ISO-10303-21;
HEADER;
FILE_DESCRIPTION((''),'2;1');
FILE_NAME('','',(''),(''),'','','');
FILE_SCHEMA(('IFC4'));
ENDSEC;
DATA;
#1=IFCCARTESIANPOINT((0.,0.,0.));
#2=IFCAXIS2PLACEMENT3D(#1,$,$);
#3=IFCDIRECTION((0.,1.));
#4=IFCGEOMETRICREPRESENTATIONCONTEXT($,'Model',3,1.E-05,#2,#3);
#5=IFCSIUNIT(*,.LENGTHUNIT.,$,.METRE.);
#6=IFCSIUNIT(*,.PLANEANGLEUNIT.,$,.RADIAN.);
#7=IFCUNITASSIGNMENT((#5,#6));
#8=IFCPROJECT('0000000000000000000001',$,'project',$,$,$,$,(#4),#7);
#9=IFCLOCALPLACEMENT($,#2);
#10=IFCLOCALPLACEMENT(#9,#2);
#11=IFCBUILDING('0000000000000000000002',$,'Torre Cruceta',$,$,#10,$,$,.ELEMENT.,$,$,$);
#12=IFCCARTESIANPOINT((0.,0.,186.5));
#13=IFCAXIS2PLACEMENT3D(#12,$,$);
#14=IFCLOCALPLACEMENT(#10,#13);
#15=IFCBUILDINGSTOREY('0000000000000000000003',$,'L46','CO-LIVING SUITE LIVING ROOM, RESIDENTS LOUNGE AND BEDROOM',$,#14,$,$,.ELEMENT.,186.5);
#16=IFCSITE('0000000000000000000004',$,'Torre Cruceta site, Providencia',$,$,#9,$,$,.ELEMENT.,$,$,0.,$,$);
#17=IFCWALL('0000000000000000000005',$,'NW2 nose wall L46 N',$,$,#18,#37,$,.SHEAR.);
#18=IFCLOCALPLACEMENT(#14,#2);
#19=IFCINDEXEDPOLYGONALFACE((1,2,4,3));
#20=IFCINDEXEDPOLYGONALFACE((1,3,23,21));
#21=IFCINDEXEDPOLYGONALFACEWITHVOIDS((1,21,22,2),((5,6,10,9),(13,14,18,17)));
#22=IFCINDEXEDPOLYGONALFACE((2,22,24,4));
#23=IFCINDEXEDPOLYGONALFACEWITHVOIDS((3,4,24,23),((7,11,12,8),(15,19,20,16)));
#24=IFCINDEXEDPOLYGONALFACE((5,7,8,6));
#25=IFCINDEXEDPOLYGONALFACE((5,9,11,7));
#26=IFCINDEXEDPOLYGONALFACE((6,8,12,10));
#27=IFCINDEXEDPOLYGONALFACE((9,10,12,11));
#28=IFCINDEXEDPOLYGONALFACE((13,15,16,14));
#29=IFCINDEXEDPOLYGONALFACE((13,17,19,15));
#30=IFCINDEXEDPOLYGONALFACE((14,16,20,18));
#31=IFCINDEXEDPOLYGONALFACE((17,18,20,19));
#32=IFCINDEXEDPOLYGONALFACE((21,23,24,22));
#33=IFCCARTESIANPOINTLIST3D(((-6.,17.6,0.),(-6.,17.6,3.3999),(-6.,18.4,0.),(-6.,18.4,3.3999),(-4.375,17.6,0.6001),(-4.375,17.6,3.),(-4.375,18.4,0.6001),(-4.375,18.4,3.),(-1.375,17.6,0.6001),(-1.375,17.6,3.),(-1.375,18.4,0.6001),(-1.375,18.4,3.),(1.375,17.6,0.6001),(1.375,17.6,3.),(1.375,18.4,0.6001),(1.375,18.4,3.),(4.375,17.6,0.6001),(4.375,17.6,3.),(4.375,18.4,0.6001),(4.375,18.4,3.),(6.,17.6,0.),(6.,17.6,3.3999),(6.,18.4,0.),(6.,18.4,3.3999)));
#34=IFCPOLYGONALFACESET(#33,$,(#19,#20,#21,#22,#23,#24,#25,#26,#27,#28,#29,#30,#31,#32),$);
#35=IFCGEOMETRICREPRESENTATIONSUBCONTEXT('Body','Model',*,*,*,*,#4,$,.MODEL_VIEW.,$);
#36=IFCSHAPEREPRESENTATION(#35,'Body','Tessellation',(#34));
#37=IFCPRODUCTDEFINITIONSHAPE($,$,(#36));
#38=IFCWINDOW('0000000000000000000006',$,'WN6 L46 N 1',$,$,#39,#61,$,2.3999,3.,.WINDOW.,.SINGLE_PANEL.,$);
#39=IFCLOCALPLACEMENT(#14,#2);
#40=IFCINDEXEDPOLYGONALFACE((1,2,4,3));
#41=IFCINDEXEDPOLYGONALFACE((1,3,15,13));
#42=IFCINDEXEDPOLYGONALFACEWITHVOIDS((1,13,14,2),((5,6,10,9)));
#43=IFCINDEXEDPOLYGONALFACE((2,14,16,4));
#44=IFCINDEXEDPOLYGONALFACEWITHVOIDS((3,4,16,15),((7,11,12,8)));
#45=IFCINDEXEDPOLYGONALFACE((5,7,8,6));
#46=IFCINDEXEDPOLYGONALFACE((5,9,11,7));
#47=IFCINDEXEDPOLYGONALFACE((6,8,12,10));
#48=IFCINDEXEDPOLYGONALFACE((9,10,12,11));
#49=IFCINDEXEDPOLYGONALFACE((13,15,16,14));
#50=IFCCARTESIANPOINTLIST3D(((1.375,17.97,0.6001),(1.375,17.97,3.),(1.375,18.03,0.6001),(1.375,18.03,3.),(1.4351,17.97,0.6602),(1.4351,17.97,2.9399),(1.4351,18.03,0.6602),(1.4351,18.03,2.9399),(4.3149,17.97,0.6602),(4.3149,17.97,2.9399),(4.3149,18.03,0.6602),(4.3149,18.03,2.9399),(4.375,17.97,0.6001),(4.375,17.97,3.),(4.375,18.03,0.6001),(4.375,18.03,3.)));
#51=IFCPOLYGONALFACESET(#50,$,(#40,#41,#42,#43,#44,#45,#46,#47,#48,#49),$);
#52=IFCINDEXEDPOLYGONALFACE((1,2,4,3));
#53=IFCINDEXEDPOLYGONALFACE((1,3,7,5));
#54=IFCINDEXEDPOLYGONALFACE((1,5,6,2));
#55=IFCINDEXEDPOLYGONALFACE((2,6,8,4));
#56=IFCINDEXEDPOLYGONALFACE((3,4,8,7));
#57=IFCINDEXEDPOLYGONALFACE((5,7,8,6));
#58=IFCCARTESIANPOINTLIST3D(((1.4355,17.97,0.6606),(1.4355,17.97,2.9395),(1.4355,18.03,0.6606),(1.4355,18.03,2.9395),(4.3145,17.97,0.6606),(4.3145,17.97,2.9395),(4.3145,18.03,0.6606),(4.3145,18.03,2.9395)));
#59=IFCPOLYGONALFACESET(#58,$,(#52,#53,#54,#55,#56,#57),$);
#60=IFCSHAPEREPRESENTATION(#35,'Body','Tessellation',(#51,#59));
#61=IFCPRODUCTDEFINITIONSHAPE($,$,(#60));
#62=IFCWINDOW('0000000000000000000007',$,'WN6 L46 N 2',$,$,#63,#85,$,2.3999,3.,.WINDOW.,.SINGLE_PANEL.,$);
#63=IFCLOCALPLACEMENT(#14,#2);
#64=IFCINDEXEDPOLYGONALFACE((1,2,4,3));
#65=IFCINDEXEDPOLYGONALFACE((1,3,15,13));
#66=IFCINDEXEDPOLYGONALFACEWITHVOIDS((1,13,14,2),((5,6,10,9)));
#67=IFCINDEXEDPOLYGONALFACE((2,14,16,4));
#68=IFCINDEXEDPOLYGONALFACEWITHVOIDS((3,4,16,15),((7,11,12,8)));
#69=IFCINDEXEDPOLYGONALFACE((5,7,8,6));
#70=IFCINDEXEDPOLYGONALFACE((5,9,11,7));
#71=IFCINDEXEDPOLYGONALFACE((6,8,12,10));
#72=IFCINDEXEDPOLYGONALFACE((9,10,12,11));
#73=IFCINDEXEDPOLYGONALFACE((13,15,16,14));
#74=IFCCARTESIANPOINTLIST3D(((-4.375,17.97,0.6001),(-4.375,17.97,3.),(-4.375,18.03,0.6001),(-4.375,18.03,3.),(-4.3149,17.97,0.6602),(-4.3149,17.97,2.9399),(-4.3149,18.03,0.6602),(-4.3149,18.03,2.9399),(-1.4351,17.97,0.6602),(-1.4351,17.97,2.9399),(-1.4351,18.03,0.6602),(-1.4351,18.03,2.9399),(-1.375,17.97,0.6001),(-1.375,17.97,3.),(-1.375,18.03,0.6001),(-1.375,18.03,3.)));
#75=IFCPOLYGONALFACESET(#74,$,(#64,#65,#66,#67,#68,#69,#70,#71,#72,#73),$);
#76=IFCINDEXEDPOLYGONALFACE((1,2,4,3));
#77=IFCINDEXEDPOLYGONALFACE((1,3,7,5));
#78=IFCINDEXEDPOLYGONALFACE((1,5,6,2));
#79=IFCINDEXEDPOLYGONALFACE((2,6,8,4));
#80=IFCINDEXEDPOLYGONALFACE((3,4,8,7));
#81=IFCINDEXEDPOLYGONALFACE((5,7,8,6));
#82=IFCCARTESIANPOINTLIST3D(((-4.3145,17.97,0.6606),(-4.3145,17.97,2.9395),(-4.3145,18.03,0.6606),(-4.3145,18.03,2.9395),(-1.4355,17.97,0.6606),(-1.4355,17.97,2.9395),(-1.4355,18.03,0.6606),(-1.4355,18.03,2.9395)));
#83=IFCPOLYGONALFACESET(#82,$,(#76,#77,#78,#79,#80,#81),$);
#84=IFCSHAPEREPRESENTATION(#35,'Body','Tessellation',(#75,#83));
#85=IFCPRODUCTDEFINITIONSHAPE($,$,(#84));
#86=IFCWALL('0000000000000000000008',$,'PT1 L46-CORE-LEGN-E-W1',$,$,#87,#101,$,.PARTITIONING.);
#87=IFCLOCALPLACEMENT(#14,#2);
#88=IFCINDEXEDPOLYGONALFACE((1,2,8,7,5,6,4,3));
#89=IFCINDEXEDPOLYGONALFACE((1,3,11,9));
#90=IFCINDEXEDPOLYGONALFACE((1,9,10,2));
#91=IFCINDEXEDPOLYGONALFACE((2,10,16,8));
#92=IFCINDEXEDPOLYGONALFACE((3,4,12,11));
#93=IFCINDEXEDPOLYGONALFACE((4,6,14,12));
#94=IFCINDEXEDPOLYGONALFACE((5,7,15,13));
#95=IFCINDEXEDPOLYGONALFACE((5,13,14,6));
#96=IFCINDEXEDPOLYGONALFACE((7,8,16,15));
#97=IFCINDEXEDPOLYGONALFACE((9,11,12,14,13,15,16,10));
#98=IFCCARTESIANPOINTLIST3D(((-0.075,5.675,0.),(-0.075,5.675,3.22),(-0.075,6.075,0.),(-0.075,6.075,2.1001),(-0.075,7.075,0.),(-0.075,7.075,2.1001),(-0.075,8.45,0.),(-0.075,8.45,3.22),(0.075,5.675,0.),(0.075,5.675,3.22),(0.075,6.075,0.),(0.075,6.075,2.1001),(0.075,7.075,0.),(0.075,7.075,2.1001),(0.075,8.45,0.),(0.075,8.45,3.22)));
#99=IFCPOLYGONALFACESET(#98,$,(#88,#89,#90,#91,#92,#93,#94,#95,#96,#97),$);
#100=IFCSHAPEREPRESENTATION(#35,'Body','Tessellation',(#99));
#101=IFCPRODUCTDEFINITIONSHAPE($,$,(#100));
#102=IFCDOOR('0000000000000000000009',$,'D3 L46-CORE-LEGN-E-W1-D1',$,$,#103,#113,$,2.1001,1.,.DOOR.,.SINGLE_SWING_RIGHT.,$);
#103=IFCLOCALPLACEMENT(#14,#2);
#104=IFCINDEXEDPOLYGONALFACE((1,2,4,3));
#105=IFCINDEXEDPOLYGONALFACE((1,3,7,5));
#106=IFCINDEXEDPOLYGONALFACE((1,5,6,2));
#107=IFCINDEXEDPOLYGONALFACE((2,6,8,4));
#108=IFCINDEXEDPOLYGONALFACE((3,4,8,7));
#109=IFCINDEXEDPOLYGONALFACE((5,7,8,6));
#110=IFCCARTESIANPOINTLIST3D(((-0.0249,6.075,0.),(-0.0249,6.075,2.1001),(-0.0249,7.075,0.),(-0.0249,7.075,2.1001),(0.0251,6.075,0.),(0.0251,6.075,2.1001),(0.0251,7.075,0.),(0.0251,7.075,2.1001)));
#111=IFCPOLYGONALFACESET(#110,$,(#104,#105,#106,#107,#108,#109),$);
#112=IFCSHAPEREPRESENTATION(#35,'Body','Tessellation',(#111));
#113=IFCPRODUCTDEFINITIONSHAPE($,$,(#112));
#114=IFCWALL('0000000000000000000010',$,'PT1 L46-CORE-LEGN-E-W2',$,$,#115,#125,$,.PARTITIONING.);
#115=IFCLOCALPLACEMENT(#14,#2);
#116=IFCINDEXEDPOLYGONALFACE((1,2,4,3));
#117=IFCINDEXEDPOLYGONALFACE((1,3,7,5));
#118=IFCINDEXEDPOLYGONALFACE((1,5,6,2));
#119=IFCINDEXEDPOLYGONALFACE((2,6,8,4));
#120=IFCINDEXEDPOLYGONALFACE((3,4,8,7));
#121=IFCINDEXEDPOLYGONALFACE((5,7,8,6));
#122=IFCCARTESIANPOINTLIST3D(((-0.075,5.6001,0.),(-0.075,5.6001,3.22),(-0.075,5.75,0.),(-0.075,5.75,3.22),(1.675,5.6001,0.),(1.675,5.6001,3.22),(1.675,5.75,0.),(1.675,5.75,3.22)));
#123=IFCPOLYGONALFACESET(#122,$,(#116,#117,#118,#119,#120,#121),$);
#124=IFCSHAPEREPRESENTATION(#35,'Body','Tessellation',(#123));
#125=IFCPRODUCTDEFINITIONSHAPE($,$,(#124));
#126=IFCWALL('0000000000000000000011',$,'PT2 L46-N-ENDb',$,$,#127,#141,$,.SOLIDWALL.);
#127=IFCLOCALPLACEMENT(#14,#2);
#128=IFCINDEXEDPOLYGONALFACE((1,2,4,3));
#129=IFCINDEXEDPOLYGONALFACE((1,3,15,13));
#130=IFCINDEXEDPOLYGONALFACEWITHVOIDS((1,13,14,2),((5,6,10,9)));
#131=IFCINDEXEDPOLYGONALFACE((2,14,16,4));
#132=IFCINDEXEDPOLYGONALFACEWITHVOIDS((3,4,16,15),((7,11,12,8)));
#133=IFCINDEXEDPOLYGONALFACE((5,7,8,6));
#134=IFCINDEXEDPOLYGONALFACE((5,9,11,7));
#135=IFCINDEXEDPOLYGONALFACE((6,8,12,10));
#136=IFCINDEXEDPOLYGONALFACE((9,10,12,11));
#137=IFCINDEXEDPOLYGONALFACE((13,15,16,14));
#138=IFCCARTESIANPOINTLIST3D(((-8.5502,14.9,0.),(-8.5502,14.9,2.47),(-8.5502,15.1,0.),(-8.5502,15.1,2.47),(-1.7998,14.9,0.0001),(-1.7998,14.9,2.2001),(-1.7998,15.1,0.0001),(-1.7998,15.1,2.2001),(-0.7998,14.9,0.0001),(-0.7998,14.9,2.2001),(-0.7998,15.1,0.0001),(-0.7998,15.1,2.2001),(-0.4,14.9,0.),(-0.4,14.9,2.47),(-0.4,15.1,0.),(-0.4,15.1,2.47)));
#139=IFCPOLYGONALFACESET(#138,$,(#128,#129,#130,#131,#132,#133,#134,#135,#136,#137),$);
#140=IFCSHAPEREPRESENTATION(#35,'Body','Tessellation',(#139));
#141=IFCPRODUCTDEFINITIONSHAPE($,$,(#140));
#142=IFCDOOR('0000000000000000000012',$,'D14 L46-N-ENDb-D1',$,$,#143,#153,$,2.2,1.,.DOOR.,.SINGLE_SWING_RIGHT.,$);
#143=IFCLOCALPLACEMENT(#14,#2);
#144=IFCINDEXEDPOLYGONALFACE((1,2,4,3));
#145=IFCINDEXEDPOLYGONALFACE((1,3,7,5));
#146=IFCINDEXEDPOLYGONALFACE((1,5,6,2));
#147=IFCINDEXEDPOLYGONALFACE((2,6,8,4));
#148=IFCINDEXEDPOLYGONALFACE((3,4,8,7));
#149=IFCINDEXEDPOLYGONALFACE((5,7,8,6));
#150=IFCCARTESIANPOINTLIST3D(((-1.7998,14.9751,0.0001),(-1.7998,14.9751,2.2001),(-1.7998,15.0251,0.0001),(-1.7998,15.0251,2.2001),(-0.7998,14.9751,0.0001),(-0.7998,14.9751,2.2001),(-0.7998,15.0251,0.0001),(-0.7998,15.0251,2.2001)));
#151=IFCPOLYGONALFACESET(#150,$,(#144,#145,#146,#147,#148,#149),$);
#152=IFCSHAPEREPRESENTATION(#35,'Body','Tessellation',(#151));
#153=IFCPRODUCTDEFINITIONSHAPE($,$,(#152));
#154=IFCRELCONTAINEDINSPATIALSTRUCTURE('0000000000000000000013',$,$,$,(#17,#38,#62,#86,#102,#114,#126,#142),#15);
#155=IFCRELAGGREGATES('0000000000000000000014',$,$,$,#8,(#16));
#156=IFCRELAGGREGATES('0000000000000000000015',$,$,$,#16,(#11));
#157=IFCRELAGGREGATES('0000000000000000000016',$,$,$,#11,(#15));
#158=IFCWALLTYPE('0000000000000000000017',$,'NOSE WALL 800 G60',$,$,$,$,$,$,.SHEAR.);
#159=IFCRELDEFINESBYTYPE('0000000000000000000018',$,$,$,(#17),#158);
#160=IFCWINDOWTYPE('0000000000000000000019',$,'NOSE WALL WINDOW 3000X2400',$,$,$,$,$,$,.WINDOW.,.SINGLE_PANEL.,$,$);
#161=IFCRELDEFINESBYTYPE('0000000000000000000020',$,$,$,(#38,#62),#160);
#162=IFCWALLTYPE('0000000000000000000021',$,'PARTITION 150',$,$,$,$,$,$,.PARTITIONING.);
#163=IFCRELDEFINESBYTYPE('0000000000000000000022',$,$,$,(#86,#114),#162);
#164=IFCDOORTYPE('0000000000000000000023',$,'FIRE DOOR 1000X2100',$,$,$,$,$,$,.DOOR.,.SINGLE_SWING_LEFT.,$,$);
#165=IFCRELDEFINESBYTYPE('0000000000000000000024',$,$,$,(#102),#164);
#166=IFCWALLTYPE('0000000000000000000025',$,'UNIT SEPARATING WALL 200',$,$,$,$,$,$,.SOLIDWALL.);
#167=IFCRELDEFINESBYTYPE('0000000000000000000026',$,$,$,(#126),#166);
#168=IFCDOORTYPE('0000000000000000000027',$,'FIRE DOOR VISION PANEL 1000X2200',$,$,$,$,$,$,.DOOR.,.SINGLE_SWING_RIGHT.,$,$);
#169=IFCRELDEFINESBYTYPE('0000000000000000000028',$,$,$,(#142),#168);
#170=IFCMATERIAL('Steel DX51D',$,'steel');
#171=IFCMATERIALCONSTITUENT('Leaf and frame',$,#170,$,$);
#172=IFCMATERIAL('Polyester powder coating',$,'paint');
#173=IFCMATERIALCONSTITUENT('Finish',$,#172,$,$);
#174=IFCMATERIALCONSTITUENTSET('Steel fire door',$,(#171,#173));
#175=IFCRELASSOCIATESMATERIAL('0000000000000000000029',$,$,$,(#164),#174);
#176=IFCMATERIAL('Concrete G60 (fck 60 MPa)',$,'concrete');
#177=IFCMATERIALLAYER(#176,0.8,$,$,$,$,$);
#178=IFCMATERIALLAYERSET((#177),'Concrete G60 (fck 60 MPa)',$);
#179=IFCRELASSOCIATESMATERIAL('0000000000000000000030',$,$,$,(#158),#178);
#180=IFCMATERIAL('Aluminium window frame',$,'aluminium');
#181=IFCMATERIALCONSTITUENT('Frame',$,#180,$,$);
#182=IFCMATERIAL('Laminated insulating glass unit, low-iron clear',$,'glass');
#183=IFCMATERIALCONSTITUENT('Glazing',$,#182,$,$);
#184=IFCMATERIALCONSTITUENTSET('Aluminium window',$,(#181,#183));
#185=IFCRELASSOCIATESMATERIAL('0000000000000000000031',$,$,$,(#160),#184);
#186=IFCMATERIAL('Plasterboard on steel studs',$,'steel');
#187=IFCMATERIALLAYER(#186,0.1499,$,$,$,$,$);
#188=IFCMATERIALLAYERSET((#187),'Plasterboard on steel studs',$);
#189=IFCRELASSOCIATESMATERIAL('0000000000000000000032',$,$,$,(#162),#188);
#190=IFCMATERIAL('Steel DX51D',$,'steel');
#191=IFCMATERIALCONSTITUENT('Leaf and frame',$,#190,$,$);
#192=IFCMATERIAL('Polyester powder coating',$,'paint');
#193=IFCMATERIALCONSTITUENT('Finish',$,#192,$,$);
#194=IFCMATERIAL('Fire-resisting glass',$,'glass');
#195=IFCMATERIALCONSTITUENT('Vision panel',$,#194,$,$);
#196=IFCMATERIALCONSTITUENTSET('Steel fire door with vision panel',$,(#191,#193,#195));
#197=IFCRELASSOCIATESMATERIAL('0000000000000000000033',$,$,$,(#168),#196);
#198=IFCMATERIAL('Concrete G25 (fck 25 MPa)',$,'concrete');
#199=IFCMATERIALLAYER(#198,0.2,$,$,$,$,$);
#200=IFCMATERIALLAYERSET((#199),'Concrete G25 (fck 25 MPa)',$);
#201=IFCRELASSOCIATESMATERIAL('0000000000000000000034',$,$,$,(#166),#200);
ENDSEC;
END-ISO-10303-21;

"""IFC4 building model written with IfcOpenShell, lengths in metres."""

from ifc_helpers import new_model, si_unit, direction, frame, frame_2d, origin, place, context, subcontext, project, spatial, rectangle, hollow_rectangle, extrude, material, layer, layer_set, constituent, constituent_set, type_object, element, fill, save


model = new_model("IFC4")

# Units and contexts
model_context = context("Model", 3, precision=1e-05, world=origin(), true_north=direction((0.0, 1.0)))
body_context = subcontext(model_context, "Body", "Model", "MODEL_VIEW")
ifc_project = project(units=[si_unit("LENGTHUNIT", "METRE"), si_unit("PLANEANGLEUNIT", "RADIAN")], contexts=[model_context])

# Site, building, storey
site_placement = place(None, origin())
site = spatial("IfcSite", under=ifc_project, at=site_placement, Name="Torre Cruceta site, Providencia", CompositionType="ELEMENT", RefElevation=0.0)
building_placement = place(site_placement, origin())
building = spatial("IfcBuilding", under=site, at=building_placement, Name="Torre Cruceta", CompositionType="ELEMENT")
storey_placement = place(building_placement, frame((0.0, 0.0, 186.5)))
storey = spatial("IfcBuildingStorey", under=building, at=storey_placement, Name="L46", Description="CO-LIVING SUITE LIVING ROOM, RESIDENTS LOUNGE AND BEDROOM", CompositionType="ELEMENT", Elevation=186.5)

# Shared definitions
ifc_material_1 = material(Name="Steel DX51D", Category="steel")
ifc_constituent_1 = constituent(ifc_material_1, Name="Leaf and frame")
ifc_material_2 = material(Name="Polyester powder coating", Category="paint")
ifc_constituent_2 = constituent(ifc_material_2, Name="Finish")
ifc_constituent_set_1 = constituent_set(constituents=[ifc_constituent_1, ifc_constituent_2], Name="Steel fire door")
door_type_1 = type_object("IfcDoorType", Name="FIRE DOOR 1000X2100", OperationType="SINGLE_SWING_LEFT", PredefinedType="DOOR", material=ifc_constituent_set_1)

# Wall, openings, windows
ifc_material_3 = material(Name="Concrete G60 (fck 60 MPa)", Category="concrete")
ifc_layer_1 = layer(ifc_material_3, 0.8)
ifc_layer_set_1 = layer_set([ifc_layer_1], Name="Concrete G60 (fck 60 MPa)")
wall_type_1 = type_object("IfcWallType", Name="NOSE WALL 800 G60", PredefinedType="SHEAR", material=ifc_layer_set_1)
wall_1_placement = place(storey_placement, frame((6.0, 18.0, 0.0), z_axis=(0.0, 0.0, 1.0), x_axis=(-1.0, 0.0, 0.0)))
wall_1 = element("IfcWall", 1, at=wall_1_placement, inside=storey, type_object=wall_type_1, Name="NW2 nose wall L46 N", PredefinedType="SHEAR", context=body_context, shape_type="SweptSolid", body=[
    extrude(rectangle(XDim=12.0, YDim=0.8, at=frame_2d((6.0, 0.0))), origin(), (0.0, 0.0, 1.0), 3.3999),
])
opening_1_placement = place(wall_1_placement, frame((1.625, 0.0, 0.6001)))
opening_1 = element("IfcOpeningElement", 2, at=opening_1_placement, cuts=wall_1, PredefinedType="OPENING", context=body_context, shape_type="SweptSolid", body=[
    extrude(rectangle(XDim=3.0, YDim=2.3999, at=frame_2d((1.5, 1.2))), frame((0.0, 0.4099, 0.0), z_axis=(0.0, -1.0, 0.0), x_axis=(1.0, 0.0, 0.0)), (0.0, 0.0, 1.0), 0.8201),
])
opening_2_placement = place(wall_1_placement, frame((7.375, 0.0, 0.6001)))
opening_2 = element("IfcOpeningElement", 3, at=opening_2_placement, cuts=wall_1, PredefinedType="OPENING", context=body_context, shape_type="SweptSolid", body=[
    extrude(rectangle(XDim=3.0, YDim=2.3999, at=frame_2d((1.5, 1.2))), frame((0.0, 0.4099, 0.0), z_axis=(0.0, -1.0, 0.0), x_axis=(1.0, 0.0, 0.0)), (0.0, 0.0, 1.0), 0.8201),
])
ifc_material_4 = material(Name="Aluminium window frame", Category="aluminium")
ifc_constituent_3 = constituent(ifc_material_4, Name="Frame")
ifc_material_5 = material(Name="Laminated insulating glass unit, low-iron clear", Category="glass")
ifc_constituent_4 = constituent(ifc_material_5, Name="Glazing")
ifc_constituent_set_2 = constituent_set(constituents=[ifc_constituent_3, ifc_constituent_4], Name="Aluminium window")
window_type = type_object("IfcWindowType", Name="NOSE WALL WINDOW 3000X2400", PartitioningType="SINGLE_PANEL", PredefinedType="WINDOW", material=ifc_constituent_set_2)
window_1_placement = place(opening_1_placement, origin())
window_1 = element("IfcWindow", 4, at=window_1_placement, inside=storey, type_object=window_type, Name="WN6 L46 N 1", OverallHeight=2.3999, OverallWidth=3.0, PartitioningType="SINGLE_PANEL", PredefinedType="WINDOW", context=body_context, shape_type="SweptSolid", body=[
    extrude(hollow_rectangle(XDim=3.0, YDim=2.3999, WallThickness=0.0601, at=frame_2d((1.5, 1.2))), frame((0.0, 0.03, 0.0), z_axis=(0.0, -1.0, 0.0), x_axis=(1.0, 0.0, 0.0)), (0.0, 0.0, 1.0), 0.0601),
    extrude(rectangle(XDim=2.8789, YDim=2.2788, at=frame_2d((1.5, 1.2))), frame((0.0, 0.03, 0.0), z_axis=(0.0, -1.0, 0.0), x_axis=(1.0, 0.0, 0.0)), (0.0, 0.0, 1.0), 0.0601),
])
fill(opening_1, window_1)
window_2_placement = place(opening_2_placement, origin())
window_2 = element("IfcWindow", 5, at=window_2_placement, inside=storey, type_object=window_type, Name="WN6 L46 N 2", OverallHeight=2.3999, OverallWidth=3.0, PartitioningType="SINGLE_PANEL", PredefinedType="WINDOW", context=body_context, shape_type="SweptSolid", body=[
    extrude(hollow_rectangle(XDim=3.0, YDim=2.3999, WallThickness=0.0601, at=frame_2d((1.5, 1.2))), frame((0.0, 0.03, 0.0), z_axis=(0.0, -1.0, 0.0), x_axis=(1.0, 0.0, 0.0)), (0.0, 0.0, 1.0), 0.0601),
    extrude(rectangle(XDim=2.8789, YDim=2.2788, at=frame_2d((1.5, 1.2))), frame((0.0, 0.03, 0.0), z_axis=(0.0, -1.0, 0.0), x_axis=(1.0, 0.0, 0.0)), (0.0, 0.0, 1.0), 0.0601),
])
fill(opening_2, window_2)

# Wall, opening, door
ifc_material_6 = material(Name="Plasterboard on steel studs", Category="steel")
ifc_layer_2 = layer(ifc_material_6, 0.1499)
ifc_layer_set_2 = layer_set([ifc_layer_2], Name="Plasterboard on steel studs")
wall_type_2 = type_object("IfcWallType", Name="PARTITION 150", PredefinedType="PARTITIONING", material=ifc_layer_set_2)
wall_2_placement = place(storey_placement, frame((0.0, 5.675, 0.0), z_axis=(0.0, 0.0, 1.0), x_axis=(0.0, 1.0, 0.0)))
wall_2 = element("IfcWall", 6, at=wall_2_placement, inside=storey, type_object=wall_type_2, Name="PT1 L46-CORE-LEGN-E-W1", PredefinedType="PARTITIONING", context=body_context, shape_type="SweptSolid", body=[
    extrude(rectangle(XDim=2.7749, YDim=0.1499, at=frame_2d((1.3875, 0.0))), origin(), (0.0, 0.0, 1.0), 3.22),
])
opening_3_placement = place(wall_2_placement, frame((0.3999, 0.0, 0.0)))
opening_3 = element("IfcOpeningElement", 7, at=opening_3_placement, cuts=wall_2, PredefinedType="OPENING", context=body_context, shape_type="SweptSolid", body=[
    extrude(rectangle(XDim=1.0, YDim=2.1001, at=frame_2d((0.5, 1.05))), frame((0.0, 0.085, 0.0), z_axis=(0.0, -1.0, 0.0), x_axis=(1.0, 0.0, 0.0)), (0.0, 0.0, 1.0), 0.1699),
])
door_1_placement = place(opening_3_placement, frame((1.0, 0.0, 0.0), z_axis=(0.0, 0.0, 1.0), x_axis=(-1.0, 0.0, 0.0)))
door_1 = element("IfcDoor", 8, at=door_1_placement, inside=storey, type_object=door_type_1, Name="D3 L46-CORE-LEGN-E-W1-D1", OperationType="SINGLE_SWING_RIGHT", OverallHeight=2.1001, OverallWidth=1.0, PredefinedType="DOOR", context=body_context, shape_type="SweptSolid", body=[
    extrude(rectangle(XDim=1.0, YDim=2.1001, at=frame_2d((0.5, 1.05))), frame((0.0, 0.0251, 0.0), z_axis=(0.0, -1.0, 0.0), x_axis=(1.0, 0.0, 0.0)), (0.0, 0.0, 1.0), 0.05),
])
fill(opening_3, door_1)

# Wall
wall_3_placement = place(storey_placement, frame((1.675, 5.675, 0.0), z_axis=(0.0, 0.0, 1.0), x_axis=(-1.0, 0.0, 0.0)))
element("IfcWall", 9, at=wall_3_placement, inside=storey, type_object=wall_type_2, Name="PT1 L46-CORE-LEGN-E-W2", PredefinedType="PARTITIONING", context=body_context, shape_type="SweptSolid", body=[
    extrude(rectangle(XDim=1.75, YDim=0.1499, at=frame_2d((0.875, 0.0))), origin(), (0.0, 0.0, 1.0), 3.22),
])

# Shared definitions
ifc_material_7 = material(Name="Steel DX51D", Category="steel")
ifc_constituent_5 = constituent(ifc_material_7, Name="Leaf and frame")
ifc_material_8 = material(Name="Polyester powder coating", Category="paint")
ifc_constituent_6 = constituent(ifc_material_8, Name="Finish")
ifc_material_9 = material(Name="Fire-resisting glass", Category="glass")
ifc_constituent_7 = constituent(ifc_material_9, Name="Vision panel")
ifc_constituent_set_3 = constituent_set(constituents=[ifc_constituent_5, ifc_constituent_6, ifc_constituent_7], Name="Steel fire door with vision panel")
door_type_2 = type_object("IfcDoorType", Name="FIRE DOOR VISION PANEL 1000X2200", OperationType="SINGLE_SWING_RIGHT", PredefinedType="DOOR", material=ifc_constituent_set_3)

# Wall, opening, door
ifc_material_10 = material(Name="Concrete G25 (fck 25 MPa)", Category="concrete")
ifc_layer_3 = layer(ifc_material_10, 0.2)
ifc_layer_set_3 = layer_set([ifc_layer_3], Name="Concrete G25 (fck 25 MPa)")
wall_type_3 = type_object("IfcWallType", Name="UNIT SEPARATING WALL 200", PredefinedType="SOLIDWALL", material=ifc_layer_set_3)
wall_4_placement = place(storey_placement, frame((-0.3999, 15.0, 0.0), z_axis=(0.0, 0.0, 1.0), x_axis=(-1.0, 0.0, 0.0)))
wall_4 = element("IfcWall", 10, at=wall_4_placement, inside=storey, type_object=wall_type_3, Name="PT2 L46-N-ENDb", PredefinedType="SOLIDWALL", context=body_context, shape_type="SweptSolid", body=[
    extrude(rectangle(XDim=8.1501, YDim=0.2, at=frame_2d((4.0752, 0.0))), origin(), (0.0, 0.0, 1.0), 2.47),
])
opening_4_placement = place(wall_4_placement, frame((0.3999, 0.0, 0.0)))
opening_4 = element("IfcOpeningElement", 11, at=opening_4_placement, cuts=wall_4, PredefinedType="OPENING", context=body_context, shape_type="SweptSolid", body=[
    extrude(rectangle(XDim=1.0, YDim=2.2, at=frame_2d((0.5, 1.1001))), frame((0.0, 0.1099, 0.0), z_axis=(0.0, -1.0, 0.0), x_axis=(1.0, 0.0, 0.0)), (0.0, 0.0, 1.0), 0.22),
])
door_2_placement = place(opening_4_placement, frame((1.0, 0.0, 0.0), z_axis=(0.0, 0.0, 1.0), x_axis=(-1.0, 0.0, 0.0)))
door_2 = element("IfcDoor", 12, at=door_2_placement, inside=storey, type_object=door_type_2, Name="D14 L46-N-ENDb-D1", OperationType="SINGLE_SWING_RIGHT", OverallHeight=2.2, OverallWidth=1.0, PredefinedType="DOOR", context=body_context, shape_type="SweptSolid", body=[
    extrude(rectangle(XDim=1.0, YDim=2.2, at=frame_2d((0.5, 1.1001))), frame((0.0, 0.0251, 0.0), z_axis=(0.0, -1.0, 0.0), x_axis=(1.0, 0.0, 0.0)), (0.0, 0.0, 1.0), 0.05),
])
fill(opening_4, door_2)

save(model, "model.ifc")
